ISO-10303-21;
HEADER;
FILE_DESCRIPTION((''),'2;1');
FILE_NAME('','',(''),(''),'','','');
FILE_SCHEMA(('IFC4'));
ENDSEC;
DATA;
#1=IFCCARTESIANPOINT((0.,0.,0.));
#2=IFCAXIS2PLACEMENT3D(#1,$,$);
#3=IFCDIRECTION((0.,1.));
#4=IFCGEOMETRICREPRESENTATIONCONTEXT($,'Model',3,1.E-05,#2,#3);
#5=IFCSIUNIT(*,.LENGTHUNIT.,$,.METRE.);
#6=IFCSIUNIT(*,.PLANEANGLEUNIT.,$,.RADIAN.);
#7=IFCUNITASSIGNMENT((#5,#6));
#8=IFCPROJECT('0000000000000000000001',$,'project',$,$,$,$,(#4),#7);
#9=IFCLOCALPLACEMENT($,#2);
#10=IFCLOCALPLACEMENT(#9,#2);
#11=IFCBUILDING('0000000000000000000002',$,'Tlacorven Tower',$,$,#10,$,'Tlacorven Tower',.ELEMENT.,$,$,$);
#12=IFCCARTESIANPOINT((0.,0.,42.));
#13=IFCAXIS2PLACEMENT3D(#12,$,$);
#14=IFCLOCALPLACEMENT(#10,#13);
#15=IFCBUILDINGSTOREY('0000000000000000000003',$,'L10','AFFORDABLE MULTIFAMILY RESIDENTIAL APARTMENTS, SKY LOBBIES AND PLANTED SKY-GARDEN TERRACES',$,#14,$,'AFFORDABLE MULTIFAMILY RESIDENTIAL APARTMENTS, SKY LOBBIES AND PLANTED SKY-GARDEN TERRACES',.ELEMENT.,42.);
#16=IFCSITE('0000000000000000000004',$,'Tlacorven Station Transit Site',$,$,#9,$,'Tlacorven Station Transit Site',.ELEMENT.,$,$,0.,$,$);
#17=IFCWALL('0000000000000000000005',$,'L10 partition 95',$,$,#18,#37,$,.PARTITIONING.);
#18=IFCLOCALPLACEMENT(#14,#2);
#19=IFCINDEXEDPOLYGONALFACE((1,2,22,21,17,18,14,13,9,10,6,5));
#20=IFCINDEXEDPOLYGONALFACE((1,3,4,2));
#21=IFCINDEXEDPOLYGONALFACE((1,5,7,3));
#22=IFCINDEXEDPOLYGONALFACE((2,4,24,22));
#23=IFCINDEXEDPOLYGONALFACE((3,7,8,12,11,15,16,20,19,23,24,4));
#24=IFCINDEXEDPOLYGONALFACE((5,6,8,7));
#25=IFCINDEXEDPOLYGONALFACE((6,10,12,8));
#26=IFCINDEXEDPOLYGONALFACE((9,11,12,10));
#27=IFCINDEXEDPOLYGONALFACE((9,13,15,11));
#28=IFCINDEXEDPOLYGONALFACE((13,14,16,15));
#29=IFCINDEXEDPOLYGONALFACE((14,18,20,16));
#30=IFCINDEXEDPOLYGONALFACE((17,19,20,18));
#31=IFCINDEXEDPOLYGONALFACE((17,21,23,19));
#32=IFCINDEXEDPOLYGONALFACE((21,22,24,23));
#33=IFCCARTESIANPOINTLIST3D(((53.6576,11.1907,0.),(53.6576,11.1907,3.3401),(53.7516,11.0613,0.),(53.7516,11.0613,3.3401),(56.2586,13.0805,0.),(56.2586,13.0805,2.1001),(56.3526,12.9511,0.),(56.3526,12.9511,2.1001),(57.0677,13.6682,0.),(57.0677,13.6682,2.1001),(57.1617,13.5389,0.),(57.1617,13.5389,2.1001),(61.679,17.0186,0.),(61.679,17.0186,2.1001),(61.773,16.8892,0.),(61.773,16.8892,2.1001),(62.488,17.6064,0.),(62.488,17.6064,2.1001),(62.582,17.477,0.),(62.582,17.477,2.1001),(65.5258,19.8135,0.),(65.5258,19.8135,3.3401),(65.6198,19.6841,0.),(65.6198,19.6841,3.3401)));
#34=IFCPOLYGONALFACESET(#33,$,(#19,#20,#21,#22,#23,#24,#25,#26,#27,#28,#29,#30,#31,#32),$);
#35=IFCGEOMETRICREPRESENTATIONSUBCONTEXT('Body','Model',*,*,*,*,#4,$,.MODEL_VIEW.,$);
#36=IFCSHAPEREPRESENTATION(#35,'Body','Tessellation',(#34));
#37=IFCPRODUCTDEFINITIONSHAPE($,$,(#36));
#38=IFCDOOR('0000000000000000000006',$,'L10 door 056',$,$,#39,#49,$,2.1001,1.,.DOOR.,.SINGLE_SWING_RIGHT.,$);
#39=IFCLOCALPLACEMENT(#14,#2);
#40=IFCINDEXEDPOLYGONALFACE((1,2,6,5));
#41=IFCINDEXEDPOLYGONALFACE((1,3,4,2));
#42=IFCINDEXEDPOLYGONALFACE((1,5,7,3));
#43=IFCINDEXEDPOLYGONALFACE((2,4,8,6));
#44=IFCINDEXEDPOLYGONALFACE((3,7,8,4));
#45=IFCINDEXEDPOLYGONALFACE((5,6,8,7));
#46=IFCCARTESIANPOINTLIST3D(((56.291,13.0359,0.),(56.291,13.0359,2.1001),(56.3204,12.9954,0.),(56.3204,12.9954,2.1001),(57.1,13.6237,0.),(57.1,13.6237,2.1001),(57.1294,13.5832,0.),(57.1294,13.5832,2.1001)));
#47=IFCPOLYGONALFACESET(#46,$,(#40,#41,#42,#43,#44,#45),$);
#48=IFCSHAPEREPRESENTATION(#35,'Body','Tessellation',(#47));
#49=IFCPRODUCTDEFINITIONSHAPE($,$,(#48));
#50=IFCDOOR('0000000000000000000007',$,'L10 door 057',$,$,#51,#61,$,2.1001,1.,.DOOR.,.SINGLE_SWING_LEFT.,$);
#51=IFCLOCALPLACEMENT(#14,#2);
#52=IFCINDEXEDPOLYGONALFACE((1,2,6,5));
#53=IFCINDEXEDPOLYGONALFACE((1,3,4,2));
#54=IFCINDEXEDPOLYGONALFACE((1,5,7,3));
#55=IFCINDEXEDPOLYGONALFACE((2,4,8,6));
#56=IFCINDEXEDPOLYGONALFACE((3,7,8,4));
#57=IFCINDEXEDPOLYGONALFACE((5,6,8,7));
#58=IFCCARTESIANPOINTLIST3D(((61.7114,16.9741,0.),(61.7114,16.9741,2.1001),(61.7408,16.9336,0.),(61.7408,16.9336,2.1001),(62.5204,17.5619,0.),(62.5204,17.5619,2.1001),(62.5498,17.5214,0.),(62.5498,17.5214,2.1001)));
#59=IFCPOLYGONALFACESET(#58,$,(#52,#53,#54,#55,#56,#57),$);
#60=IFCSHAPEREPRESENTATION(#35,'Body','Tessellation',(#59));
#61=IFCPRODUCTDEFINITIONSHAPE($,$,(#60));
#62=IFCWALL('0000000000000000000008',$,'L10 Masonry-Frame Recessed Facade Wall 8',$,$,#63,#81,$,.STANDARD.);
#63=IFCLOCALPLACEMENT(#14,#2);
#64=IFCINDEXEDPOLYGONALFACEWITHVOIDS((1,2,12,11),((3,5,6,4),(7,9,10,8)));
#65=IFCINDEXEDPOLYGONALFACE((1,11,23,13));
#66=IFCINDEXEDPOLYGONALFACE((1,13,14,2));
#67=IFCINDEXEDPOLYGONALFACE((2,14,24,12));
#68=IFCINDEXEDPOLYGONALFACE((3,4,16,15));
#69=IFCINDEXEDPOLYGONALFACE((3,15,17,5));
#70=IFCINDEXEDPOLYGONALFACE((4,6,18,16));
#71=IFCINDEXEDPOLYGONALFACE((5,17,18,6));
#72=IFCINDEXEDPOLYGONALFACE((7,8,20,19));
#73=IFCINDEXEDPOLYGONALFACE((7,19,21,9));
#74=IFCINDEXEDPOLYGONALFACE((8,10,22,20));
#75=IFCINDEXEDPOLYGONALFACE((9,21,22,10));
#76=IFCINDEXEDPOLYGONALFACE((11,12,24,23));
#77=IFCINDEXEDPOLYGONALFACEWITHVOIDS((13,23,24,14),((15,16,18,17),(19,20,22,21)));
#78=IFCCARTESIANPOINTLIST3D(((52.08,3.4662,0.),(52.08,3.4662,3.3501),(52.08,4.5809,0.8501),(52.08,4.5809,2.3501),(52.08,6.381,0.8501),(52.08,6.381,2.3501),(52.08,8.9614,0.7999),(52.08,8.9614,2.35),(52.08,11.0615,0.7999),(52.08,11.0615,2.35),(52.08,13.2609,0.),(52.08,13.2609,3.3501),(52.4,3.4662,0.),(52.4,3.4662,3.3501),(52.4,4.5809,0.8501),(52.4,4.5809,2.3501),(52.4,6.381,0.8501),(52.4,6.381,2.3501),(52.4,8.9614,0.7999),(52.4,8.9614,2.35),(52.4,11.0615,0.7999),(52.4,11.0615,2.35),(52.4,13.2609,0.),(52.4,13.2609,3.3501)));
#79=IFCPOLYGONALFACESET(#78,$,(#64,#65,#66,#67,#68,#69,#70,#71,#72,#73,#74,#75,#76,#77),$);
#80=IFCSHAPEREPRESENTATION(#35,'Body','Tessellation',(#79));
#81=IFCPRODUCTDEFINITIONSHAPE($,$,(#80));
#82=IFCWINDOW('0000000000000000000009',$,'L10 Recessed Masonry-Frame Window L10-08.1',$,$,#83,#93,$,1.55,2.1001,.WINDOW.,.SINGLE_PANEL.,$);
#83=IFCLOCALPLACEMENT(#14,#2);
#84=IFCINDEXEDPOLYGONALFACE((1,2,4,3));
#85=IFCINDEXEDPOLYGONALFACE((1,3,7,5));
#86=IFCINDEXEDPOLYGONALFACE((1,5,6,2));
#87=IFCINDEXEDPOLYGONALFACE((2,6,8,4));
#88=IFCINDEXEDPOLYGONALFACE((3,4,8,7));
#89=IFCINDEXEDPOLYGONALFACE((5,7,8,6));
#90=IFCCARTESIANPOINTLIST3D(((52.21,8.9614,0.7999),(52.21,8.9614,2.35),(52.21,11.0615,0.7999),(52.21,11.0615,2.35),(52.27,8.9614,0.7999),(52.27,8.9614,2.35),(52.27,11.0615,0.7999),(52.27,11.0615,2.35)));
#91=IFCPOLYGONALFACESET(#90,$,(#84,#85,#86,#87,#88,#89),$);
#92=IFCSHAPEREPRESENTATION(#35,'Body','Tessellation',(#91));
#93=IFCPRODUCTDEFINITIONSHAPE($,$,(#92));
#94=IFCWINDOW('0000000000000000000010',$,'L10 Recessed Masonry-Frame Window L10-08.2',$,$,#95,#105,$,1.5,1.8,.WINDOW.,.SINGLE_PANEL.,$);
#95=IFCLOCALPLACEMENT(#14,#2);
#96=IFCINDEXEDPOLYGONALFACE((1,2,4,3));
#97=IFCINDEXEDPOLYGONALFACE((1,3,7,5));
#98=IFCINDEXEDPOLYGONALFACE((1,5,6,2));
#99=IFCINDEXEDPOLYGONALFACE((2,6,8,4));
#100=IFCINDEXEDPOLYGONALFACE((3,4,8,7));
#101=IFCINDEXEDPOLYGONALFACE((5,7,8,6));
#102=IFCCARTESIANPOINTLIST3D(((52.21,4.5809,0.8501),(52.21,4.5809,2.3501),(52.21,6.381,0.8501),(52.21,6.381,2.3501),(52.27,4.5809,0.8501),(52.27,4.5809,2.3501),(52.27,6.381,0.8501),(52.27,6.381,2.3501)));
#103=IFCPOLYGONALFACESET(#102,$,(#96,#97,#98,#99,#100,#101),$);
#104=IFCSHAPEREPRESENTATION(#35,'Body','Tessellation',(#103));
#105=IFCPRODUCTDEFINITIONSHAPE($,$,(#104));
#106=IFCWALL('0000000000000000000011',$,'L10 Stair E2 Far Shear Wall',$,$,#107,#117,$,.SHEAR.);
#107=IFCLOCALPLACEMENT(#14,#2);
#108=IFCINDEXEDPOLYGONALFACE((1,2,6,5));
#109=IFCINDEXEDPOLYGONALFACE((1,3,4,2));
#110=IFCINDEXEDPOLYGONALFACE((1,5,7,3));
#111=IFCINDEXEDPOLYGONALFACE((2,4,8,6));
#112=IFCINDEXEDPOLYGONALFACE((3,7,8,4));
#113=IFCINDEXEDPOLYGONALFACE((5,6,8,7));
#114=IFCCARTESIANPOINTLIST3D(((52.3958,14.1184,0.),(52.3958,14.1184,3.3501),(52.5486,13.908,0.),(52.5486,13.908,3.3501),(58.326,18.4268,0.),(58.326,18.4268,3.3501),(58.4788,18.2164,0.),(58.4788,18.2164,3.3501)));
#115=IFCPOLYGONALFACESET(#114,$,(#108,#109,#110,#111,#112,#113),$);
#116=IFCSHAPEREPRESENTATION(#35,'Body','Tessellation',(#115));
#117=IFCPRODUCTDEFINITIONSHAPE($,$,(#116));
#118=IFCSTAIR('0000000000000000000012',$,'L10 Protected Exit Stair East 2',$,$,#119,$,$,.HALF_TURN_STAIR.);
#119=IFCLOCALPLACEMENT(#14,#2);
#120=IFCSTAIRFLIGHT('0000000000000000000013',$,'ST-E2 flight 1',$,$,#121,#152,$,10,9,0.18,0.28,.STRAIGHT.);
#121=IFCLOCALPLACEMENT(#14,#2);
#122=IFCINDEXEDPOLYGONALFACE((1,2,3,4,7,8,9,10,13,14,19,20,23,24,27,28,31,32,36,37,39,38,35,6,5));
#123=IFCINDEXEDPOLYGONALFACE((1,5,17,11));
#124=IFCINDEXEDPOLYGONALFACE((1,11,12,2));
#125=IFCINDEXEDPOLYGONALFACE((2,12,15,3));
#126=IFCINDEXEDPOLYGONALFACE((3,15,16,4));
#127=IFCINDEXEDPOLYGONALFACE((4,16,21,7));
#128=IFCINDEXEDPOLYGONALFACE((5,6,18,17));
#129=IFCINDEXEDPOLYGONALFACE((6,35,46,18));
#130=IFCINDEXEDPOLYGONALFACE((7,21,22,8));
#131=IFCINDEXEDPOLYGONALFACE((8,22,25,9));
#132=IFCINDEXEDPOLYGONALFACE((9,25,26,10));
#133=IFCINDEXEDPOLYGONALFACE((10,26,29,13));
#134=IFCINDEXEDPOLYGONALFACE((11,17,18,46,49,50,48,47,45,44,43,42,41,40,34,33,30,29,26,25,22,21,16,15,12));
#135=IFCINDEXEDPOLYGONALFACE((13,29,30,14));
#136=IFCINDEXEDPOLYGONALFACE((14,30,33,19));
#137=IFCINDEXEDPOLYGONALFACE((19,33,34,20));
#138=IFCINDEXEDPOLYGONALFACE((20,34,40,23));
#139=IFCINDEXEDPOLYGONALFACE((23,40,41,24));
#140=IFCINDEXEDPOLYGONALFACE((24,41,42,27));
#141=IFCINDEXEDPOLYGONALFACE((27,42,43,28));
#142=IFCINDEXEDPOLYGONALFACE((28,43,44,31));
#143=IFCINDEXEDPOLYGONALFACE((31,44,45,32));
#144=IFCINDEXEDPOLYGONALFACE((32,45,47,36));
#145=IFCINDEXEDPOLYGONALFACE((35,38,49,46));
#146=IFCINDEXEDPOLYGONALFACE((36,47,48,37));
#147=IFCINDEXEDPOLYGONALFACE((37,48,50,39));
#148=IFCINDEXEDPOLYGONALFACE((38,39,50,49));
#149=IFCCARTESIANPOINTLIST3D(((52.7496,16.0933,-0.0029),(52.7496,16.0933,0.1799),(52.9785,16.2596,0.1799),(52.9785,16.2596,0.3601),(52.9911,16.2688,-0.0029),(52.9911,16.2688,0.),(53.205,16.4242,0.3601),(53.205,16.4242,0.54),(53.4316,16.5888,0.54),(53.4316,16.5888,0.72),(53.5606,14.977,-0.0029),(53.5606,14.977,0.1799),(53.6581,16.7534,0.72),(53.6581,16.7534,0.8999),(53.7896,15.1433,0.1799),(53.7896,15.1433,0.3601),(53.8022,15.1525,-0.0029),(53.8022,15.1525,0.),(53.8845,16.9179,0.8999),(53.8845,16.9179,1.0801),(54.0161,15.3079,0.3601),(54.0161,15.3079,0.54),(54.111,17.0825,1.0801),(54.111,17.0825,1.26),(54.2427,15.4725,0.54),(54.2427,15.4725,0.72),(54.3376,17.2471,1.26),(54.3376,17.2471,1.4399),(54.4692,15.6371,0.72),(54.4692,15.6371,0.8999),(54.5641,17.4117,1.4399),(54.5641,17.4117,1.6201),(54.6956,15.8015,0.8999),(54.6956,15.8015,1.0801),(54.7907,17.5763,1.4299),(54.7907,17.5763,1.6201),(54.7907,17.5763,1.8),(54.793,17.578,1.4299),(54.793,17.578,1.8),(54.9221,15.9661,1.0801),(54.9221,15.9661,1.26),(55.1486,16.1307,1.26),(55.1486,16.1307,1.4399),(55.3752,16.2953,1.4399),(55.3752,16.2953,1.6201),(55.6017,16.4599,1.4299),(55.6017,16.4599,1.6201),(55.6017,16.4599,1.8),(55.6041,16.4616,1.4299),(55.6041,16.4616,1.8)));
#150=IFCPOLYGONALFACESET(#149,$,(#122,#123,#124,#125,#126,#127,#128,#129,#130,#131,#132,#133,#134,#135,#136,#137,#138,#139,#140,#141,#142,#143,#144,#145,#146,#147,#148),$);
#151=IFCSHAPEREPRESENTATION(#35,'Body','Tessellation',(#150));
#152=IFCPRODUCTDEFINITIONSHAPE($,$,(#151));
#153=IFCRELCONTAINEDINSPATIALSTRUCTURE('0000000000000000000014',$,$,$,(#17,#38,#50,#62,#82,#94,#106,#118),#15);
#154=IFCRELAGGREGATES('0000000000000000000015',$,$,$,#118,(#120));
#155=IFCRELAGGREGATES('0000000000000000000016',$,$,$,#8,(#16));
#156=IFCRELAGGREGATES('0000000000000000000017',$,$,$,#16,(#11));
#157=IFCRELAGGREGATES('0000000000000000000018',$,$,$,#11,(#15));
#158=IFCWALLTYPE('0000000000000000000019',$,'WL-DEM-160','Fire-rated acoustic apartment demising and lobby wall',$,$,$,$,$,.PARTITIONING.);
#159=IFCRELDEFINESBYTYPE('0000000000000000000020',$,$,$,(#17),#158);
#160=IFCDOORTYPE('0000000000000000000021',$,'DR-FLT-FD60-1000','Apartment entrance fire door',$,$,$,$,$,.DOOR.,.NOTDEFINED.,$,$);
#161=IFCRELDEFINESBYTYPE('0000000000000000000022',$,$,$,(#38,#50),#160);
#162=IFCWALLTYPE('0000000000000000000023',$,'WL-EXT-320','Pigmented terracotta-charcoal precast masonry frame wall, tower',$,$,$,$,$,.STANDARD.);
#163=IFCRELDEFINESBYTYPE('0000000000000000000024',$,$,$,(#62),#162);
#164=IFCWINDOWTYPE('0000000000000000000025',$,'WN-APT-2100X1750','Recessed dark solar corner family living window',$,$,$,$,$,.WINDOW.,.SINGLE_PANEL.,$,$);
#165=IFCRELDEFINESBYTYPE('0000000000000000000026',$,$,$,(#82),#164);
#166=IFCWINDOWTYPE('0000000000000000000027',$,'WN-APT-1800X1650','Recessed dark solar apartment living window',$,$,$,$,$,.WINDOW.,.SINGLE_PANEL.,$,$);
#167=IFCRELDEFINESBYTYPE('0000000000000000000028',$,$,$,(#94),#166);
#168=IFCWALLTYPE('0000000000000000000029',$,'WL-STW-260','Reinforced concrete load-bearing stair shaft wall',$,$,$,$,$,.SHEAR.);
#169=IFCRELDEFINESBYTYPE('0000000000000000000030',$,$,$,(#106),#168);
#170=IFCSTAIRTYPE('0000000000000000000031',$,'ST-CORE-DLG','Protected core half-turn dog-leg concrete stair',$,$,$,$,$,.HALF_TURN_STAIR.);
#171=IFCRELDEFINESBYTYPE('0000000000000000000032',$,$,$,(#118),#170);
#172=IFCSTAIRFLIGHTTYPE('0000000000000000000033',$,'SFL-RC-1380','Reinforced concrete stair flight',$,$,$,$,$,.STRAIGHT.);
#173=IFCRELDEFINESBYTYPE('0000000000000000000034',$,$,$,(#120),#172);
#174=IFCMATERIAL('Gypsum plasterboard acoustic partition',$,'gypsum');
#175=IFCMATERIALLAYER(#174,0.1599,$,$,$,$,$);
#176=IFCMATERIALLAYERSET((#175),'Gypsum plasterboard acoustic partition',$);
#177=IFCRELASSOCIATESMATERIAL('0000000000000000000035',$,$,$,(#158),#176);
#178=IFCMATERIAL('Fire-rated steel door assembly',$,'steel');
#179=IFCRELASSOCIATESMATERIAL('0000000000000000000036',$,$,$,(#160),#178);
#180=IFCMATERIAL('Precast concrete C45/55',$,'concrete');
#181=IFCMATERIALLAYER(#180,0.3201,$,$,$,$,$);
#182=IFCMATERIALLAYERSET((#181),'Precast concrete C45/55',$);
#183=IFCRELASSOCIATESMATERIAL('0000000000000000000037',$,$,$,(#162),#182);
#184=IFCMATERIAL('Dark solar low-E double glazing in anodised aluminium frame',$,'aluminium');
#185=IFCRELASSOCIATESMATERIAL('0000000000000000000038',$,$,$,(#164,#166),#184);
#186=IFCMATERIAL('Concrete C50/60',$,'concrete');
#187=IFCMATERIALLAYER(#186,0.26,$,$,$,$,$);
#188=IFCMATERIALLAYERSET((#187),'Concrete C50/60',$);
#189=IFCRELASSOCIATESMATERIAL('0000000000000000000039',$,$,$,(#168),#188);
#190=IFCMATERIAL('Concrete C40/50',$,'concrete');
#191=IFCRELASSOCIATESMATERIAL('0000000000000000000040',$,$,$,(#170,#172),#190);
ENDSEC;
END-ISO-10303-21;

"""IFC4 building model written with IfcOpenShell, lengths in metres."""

from ifc_helpers import new_model, si_unit, direction, frame, frame_2d, origin, place, context, subcontext, project, spatial, polyline, rectangle, outline, extrude, source, transform, mapped, material, layer, layer_set, type_object, element, fill, aggregate, save


model = new_model("IFC4")

# Units and contexts
model_context = context("Model", 3, precision=1e-05, world=origin(), true_north=direction((0.0, 1.0)))
body_context = subcontext(model_context, "Body", "Model", "MODEL_VIEW")
ifc_project = project(units=[si_unit("LENGTHUNIT", "METRE"), si_unit("PLANEANGLEUNIT", "RADIAN")], contexts=[model_context])

# Site, building, storey
site_placement = place(None, origin())
site = spatial("IfcSite", under=ifc_project, at=site_placement, Name="Tlacorven Station Transit Site", LongName="Tlacorven Station Transit Site", CompositionType="ELEMENT", RefElevation=0.0)
building_placement = place(site_placement, origin())
building = spatial("IfcBuilding", under=site, at=building_placement, Name="Tlacorven Tower", LongName="Tlacorven Tower", CompositionType="ELEMENT")
storey_placement = place(building_placement, frame((0.0, 0.0, 42.0)))
storey = spatial("IfcBuildingStorey", under=building, at=storey_placement, Name="L10", Description="AFFORDABLE MULTIFAMILY RESIDENTIAL APARTMENTS, SKY LOBBIES AND PLANTED SKY-GARDEN TERRACES", LongName="AFFORDABLE MULTIFAMILY RESIDENTIAL APARTMENTS, SKY LOBBIES AND PLANTED SKY-GARDEN TERRACES", CompositionType="ELEMENT", Elevation=42.0)

# Wall, openings, doors
ifc_material_1 = material(Name="Gypsum plasterboard acoustic partition", Category="gypsum")
ifc_layer_1 = layer(ifc_material_1, 0.1599)
ifc_layer_set_1 = layer_set([ifc_layer_1], Name="Gypsum plasterboard acoustic partition")
wall_type_1 = type_object("IfcWallType", Name="WL-DEM-160", Description="Fire-rated acoustic apartment demising and lobby wall", PredefinedType="PARTITIONING", material=ifc_layer_set_1)
wall_1_placement = place(storey_placement, frame((53.7046, 11.126, 0.0), z_axis=(0.0, 0.0, 1.0), x_axis=(0.809015, 0.587789, 0.0)))
wall_1 = element("IfcWall", 1, at=wall_1_placement, inside=storey, type_object=wall_type_1, Name="L10 partition 95", PredefinedType="PARTITIONING", context=body_context, shape_type="SweptSolid", body=[
    extrude(rectangle(XDim=14.6699, YDim=0.1599, at=frame_2d((7.335, 0.0))), origin(), (0.0, 0.0, 1.0), 3.3401),
])
opening_1_placement = place(wall_1_placement, frame((3.2151, 0.0, 0.0)))
opening_1 = element("IfcOpeningElement", 2, at=opening_1_placement, cuts=wall_1, PredefinedType="OPENING", context=body_context, shape_type="SweptSolid", body=[
    extrude(rectangle(XDim=1.0, YDim=2.1001, at=frame_2d((0.5, 1.05))), frame((0.0, 0.0898, 0.0), z_axis=(0.0, -1.0, 0.0), x_axis=(1.0, 0.0, 0.0)), (0.0, 0.0, 1.0), 0.1799),
])
opening_2_placement = place(wall_1_placement, frame((9.915, 0.0, 0.0)))
opening_2 = element("IfcOpeningElement", 3, at=opening_2_placement, cuts=wall_1, PredefinedType="OPENING", context=body_context, shape_type="SweptSolid", body=[
    extrude(rectangle(XDim=1.0, YDim=2.1001, at=frame_2d((0.5, 1.05))), frame((0.0, 0.0898, 0.0), z_axis=(0.0, -1.0, 0.0), x_axis=(1.0, 0.0, 0.0)), (0.0, 0.0, 1.0), 0.1799),
])
ifc_material_2 = material(Name="Fire-rated steel door assembly", Category="steel")
door_type = type_object("IfcDoorType", Name="DR-FLT-FD60-1000", Description="Apartment entrance fire door", OperationType="NOTDEFINED", PredefinedType="DOOR", material=ifc_material_2)
shared_shape_1 = source(origin(), body_context, "Body", "SweptSolid", [
    extrude(rectangle(XDim=1.0, YDim=2.1001, at=frame_2d((0.5, 1.05))), frame((0.0, 0.0249, 0.0), z_axis=(0.0, -1.0, 0.0), x_axis=(1.0, 0.0, 0.0)), (0.0, 0.0, 1.0), 0.05),
])
door_1_placement = place(opening_1_placement, origin())
door_1 = element("IfcDoor", 4, at=door_1_placement, inside=storey, type_object=door_type, Name="L10 door 056", OperationType="SINGLE_SWING_RIGHT", OverallHeight=2.1001, OverallWidth=1.0, PredefinedType="DOOR", context=body_context, shape_type="MappedRepresentation", body=[
    mapped(shared_shape_1, transform((0.0, 0.0, 0.0), scale=1.0)),
])
fill(opening_1, door_1)
door_2_placement = place(opening_2_placement, origin())
door_2 = element("IfcDoor", 5, at=door_2_placement, inside=storey, type_object=door_type, Name="L10 door 057", OperationType="SINGLE_SWING_LEFT", OverallHeight=2.1001, OverallWidth=1.0, PredefinedType="DOOR", context=body_context, shape_type="MappedRepresentation", body=[
    mapped(shared_shape_1, transform((0.0, 0.0, 0.0), scale=1.0)),
])
fill(opening_2, door_2)

# Wall, openings, windows
ifc_material_3 = material(Name="Precast concrete C45/55", Category="concrete")
ifc_layer_2 = layer(ifc_material_3, 0.3201)
ifc_layer_set_2 = layer_set([ifc_layer_2], Name="Precast concrete C45/55")
wall_type_2 = type_object("IfcWallType", Name="WL-EXT-320", Description="Pigmented terracotta-charcoal precast masonry frame wall, tower", PredefinedType="STANDARD", material=ifc_layer_set_2)
wall_2_placement = place(storey_placement, frame((52.24, 13.261, 0.0), z_axis=(0.0, 0.0, 1.0), x_axis=(0.0, -1.0, 0.0)))
wall_2 = element("IfcWall", 6, at=wall_2_placement, inside=storey, type_object=wall_type_2, Name="L10 Masonry-Frame Recessed Facade Wall 8", PredefinedType="STANDARD", context=body_context, shape_type="SweptSolid", body=[
    extrude(rectangle(XDim=9.7947, YDim=0.3201, at=frame_2d((4.8975, 0.0))), origin(), (0.0, 0.0, 1.0), 3.3501),
])
opening_3_placement = place(wall_2_placement, frame((2.1995, 0.0, 0.8)))
opening_3 = element("IfcOpeningElement", 7, at=opening_3_placement, cuts=wall_2, PredefinedType="OPENING", context=body_context, shape_type="SweptSolid", body=[
    extrude(rectangle(XDim=2.1001, YDim=1.55, at=frame_2d((1.05, 0.7749))), frame((0.0, 0.1699, 0.0), z_axis=(0.0, -1.0, 0.0), x_axis=(1.0, 0.0, 0.0)), (0.0, 0.0, 1.0), 0.3401),
])
opening_4_placement = place(wall_2_placement, frame((6.8801, 0.0, 0.8501)))
opening_4 = element("IfcOpeningElement", 8, at=opening_4_placement, cuts=wall_2, PredefinedType="OPENING", context=body_context, shape_type="SweptSolid", body=[
    extrude(rectangle(XDim=1.8, YDim=1.5, at=frame_2d((0.8999, 0.75))), frame((0.0, 0.1699, 0.0), z_axis=(0.0, -1.0, 0.0), x_axis=(1.0, 0.0, 0.0)), (0.0, 0.0, 1.0), 0.3401),
])
ifc_material_4 = material(Name="Dark solar low-E double glazing in anodised aluminium frame", Category="aluminium")
window_type_1 = type_object("IfcWindowType", Name="WN-APT-2100X1750", Description="Recessed dark solar corner family living window", PartitioningType="SINGLE_PANEL", PredefinedType="WINDOW", material=ifc_material_4)
shared_shape_2 = source(origin(), body_context, "Body", "SweptSolid", [
    extrude(rectangle(XDim=2.1001, YDim=1.55, at=frame_2d((1.05, 0.7749))), frame((0.0, 0.03, 0.0), z_axis=(0.0, -1.0, 0.0), x_axis=(1.0, 0.0, 0.0)), (0.0, 0.0, 1.0), 0.0601),
])
window_1_placement = place(opening_3_placement, origin())
window_1 = element("IfcWindow", 9, at=window_1_placement, inside=storey, type_object=window_type_1, Name="L10 Recessed Masonry-Frame Window L10-08.1", OverallHeight=1.55, OverallWidth=2.1001, PartitioningType="SINGLE_PANEL", PredefinedType="WINDOW", context=body_context, shape_type="MappedRepresentation", body=[
    mapped(shared_shape_2, transform((0.0, 0.0, 0.0), scale=1.0)),
])
fill(opening_3, window_1)
window_type_2 = type_object("IfcWindowType", Name="WN-APT-1800X1650", Description="Recessed dark solar apartment living window", PartitioningType="SINGLE_PANEL", PredefinedType="WINDOW", material=ifc_material_4)
shared_shape_3 = source(origin(), body_context, "Body", "SweptSolid", [
    extrude(rectangle(XDim=1.8, YDim=1.5, at=frame_2d((0.8999, 0.75))), frame((0.0, 0.03, 0.0), z_axis=(0.0, -1.0, 0.0), x_axis=(1.0, 0.0, 0.0)), (0.0, 0.0, 1.0), 0.0601),
])
window_2_placement = place(opening_4_placement, origin())
window_2 = element("IfcWindow", 10, at=window_2_placement, inside=storey, type_object=window_type_2, Name="L10 Recessed Masonry-Frame Window L10-08.2", OverallHeight=1.5, OverallWidth=1.8, PartitioningType="SINGLE_PANEL", PredefinedType="WINDOW", context=body_context, shape_type="MappedRepresentation", body=[
    mapped(shared_shape_3, transform((0.0, 0.0, 0.0), scale=1.0)),
])
fill(opening_4, window_2)

# Wall
ifc_material_5 = material(Name="Concrete C50/60", Category="concrete")
ifc_layer_3 = layer(ifc_material_5, 0.26)
ifc_layer_set_3 = layer_set([ifc_layer_3], Name="Concrete C50/60")
wall_type_3 = type_object("IfcWallType", Name="WL-STW-260", Description="Reinforced concrete load-bearing stair shaft wall", PredefinedType="SHEAR", material=ifc_layer_set_3)
wall_3_placement = place(storey_placement, frame((52.4722, 14.0132, 0.0), z_axis=(0.0, 0.0, 1.0), x_axis=(0.809028, 0.58777, 0.0)))
element("IfcWall", 11, at=wall_3_placement, inside=storey, type_object=wall_type_3, Name="L10 Stair E2 Far Shear Wall", PredefinedType="SHEAR", context=body_context, shape_type="SweptSolid", body=[
    extrude(rectangle(XDim=7.3301, YDim=0.26, at=frame_2d((3.665, 0.0))), origin(), (0.0, 0.0, 1.0), 3.3501),
])

# Stair, stair flight
ifc_material_6 = material(Name="Concrete C40/50", Category="concrete")
stair_type = type_object("IfcStairType", Name="ST-CORE-DLG", Description="Protected core half-turn dog-leg concrete stair", PredefinedType="HALF_TURN_STAIR", material=ifc_material_6)
stair_placement = place(storey_placement, origin())
stair = element("IfcStair", 12, at=stair_placement, inside=storey, type_object=stair_type, Name="L10 Protected Exit Stair East 2", PredefinedType="HALF_TURN_STAIR")
stair_flight_type = type_object("IfcStairFlightType", Name="SFL-RC-1380", Description="Reinforced concrete stair flight", PredefinedType="STRAIGHT", material=ifc_material_6)
shared_shape_4 = source(origin(), body_context, "Body", "SweptSolid", [
    extrude(outline(polyline([(-0.0029, -0.0029), (-0.0029, 0.1799), (0.28, 0.1799), (0.28, 0.3601), (0.5601, 0.3601), (0.5601, 0.54), (0.8401, 0.54), (0.8401, 0.72), (1.1201, 0.72), (1.1201, 0.8999), (1.3999, 0.8999), (1.3999, 1.0801), (1.6799, 1.0801), (1.6799, 1.26), (1.96, 1.26), (1.96, 1.4399), (2.24, 1.4399), (2.24, 1.6201), (2.52, 1.6201), (2.52, 1.8), (2.5229, 1.8), (2.5229, 1.4299), (2.52, 1.4299), (0.2957, 0.0), (0.2957, -0.0029), (-0.0029, -0.0029)])), frame((0.0, 0.6899, 0.0), z_axis=(0.0, -1.0, 0.0), x_axis=(1.0, 0.0, 0.0)), (0.0, 0.0, 1.0), 1.3799),
])
stair_flight_1_placement = place(storey_placement, frame((53.1575, 15.5369, 0.0), z_axis=(0.0, 0.0, 1.0), x_axis=(0.809017, 0.587785, 0.0)))
stair_flight_1 = element("IfcStairFlight", 13, at=stair_flight_1_placement, type_object=stair_flight_type, Name="ST-E2 flight 1", NumberOfRisers=10, NumberOfTreads=9, PredefinedType="STRAIGHT", RiserHeight=0.18, TreadLength=0.28, context=body_context, shape_type="MappedRepresentation", body=[
    mapped(shared_shape_4, transform((0.0, 0.0, 0.0), scale=1.0)),
])
aggregate(stair, [stair_flight_1])

save(model, "model.ifc")
